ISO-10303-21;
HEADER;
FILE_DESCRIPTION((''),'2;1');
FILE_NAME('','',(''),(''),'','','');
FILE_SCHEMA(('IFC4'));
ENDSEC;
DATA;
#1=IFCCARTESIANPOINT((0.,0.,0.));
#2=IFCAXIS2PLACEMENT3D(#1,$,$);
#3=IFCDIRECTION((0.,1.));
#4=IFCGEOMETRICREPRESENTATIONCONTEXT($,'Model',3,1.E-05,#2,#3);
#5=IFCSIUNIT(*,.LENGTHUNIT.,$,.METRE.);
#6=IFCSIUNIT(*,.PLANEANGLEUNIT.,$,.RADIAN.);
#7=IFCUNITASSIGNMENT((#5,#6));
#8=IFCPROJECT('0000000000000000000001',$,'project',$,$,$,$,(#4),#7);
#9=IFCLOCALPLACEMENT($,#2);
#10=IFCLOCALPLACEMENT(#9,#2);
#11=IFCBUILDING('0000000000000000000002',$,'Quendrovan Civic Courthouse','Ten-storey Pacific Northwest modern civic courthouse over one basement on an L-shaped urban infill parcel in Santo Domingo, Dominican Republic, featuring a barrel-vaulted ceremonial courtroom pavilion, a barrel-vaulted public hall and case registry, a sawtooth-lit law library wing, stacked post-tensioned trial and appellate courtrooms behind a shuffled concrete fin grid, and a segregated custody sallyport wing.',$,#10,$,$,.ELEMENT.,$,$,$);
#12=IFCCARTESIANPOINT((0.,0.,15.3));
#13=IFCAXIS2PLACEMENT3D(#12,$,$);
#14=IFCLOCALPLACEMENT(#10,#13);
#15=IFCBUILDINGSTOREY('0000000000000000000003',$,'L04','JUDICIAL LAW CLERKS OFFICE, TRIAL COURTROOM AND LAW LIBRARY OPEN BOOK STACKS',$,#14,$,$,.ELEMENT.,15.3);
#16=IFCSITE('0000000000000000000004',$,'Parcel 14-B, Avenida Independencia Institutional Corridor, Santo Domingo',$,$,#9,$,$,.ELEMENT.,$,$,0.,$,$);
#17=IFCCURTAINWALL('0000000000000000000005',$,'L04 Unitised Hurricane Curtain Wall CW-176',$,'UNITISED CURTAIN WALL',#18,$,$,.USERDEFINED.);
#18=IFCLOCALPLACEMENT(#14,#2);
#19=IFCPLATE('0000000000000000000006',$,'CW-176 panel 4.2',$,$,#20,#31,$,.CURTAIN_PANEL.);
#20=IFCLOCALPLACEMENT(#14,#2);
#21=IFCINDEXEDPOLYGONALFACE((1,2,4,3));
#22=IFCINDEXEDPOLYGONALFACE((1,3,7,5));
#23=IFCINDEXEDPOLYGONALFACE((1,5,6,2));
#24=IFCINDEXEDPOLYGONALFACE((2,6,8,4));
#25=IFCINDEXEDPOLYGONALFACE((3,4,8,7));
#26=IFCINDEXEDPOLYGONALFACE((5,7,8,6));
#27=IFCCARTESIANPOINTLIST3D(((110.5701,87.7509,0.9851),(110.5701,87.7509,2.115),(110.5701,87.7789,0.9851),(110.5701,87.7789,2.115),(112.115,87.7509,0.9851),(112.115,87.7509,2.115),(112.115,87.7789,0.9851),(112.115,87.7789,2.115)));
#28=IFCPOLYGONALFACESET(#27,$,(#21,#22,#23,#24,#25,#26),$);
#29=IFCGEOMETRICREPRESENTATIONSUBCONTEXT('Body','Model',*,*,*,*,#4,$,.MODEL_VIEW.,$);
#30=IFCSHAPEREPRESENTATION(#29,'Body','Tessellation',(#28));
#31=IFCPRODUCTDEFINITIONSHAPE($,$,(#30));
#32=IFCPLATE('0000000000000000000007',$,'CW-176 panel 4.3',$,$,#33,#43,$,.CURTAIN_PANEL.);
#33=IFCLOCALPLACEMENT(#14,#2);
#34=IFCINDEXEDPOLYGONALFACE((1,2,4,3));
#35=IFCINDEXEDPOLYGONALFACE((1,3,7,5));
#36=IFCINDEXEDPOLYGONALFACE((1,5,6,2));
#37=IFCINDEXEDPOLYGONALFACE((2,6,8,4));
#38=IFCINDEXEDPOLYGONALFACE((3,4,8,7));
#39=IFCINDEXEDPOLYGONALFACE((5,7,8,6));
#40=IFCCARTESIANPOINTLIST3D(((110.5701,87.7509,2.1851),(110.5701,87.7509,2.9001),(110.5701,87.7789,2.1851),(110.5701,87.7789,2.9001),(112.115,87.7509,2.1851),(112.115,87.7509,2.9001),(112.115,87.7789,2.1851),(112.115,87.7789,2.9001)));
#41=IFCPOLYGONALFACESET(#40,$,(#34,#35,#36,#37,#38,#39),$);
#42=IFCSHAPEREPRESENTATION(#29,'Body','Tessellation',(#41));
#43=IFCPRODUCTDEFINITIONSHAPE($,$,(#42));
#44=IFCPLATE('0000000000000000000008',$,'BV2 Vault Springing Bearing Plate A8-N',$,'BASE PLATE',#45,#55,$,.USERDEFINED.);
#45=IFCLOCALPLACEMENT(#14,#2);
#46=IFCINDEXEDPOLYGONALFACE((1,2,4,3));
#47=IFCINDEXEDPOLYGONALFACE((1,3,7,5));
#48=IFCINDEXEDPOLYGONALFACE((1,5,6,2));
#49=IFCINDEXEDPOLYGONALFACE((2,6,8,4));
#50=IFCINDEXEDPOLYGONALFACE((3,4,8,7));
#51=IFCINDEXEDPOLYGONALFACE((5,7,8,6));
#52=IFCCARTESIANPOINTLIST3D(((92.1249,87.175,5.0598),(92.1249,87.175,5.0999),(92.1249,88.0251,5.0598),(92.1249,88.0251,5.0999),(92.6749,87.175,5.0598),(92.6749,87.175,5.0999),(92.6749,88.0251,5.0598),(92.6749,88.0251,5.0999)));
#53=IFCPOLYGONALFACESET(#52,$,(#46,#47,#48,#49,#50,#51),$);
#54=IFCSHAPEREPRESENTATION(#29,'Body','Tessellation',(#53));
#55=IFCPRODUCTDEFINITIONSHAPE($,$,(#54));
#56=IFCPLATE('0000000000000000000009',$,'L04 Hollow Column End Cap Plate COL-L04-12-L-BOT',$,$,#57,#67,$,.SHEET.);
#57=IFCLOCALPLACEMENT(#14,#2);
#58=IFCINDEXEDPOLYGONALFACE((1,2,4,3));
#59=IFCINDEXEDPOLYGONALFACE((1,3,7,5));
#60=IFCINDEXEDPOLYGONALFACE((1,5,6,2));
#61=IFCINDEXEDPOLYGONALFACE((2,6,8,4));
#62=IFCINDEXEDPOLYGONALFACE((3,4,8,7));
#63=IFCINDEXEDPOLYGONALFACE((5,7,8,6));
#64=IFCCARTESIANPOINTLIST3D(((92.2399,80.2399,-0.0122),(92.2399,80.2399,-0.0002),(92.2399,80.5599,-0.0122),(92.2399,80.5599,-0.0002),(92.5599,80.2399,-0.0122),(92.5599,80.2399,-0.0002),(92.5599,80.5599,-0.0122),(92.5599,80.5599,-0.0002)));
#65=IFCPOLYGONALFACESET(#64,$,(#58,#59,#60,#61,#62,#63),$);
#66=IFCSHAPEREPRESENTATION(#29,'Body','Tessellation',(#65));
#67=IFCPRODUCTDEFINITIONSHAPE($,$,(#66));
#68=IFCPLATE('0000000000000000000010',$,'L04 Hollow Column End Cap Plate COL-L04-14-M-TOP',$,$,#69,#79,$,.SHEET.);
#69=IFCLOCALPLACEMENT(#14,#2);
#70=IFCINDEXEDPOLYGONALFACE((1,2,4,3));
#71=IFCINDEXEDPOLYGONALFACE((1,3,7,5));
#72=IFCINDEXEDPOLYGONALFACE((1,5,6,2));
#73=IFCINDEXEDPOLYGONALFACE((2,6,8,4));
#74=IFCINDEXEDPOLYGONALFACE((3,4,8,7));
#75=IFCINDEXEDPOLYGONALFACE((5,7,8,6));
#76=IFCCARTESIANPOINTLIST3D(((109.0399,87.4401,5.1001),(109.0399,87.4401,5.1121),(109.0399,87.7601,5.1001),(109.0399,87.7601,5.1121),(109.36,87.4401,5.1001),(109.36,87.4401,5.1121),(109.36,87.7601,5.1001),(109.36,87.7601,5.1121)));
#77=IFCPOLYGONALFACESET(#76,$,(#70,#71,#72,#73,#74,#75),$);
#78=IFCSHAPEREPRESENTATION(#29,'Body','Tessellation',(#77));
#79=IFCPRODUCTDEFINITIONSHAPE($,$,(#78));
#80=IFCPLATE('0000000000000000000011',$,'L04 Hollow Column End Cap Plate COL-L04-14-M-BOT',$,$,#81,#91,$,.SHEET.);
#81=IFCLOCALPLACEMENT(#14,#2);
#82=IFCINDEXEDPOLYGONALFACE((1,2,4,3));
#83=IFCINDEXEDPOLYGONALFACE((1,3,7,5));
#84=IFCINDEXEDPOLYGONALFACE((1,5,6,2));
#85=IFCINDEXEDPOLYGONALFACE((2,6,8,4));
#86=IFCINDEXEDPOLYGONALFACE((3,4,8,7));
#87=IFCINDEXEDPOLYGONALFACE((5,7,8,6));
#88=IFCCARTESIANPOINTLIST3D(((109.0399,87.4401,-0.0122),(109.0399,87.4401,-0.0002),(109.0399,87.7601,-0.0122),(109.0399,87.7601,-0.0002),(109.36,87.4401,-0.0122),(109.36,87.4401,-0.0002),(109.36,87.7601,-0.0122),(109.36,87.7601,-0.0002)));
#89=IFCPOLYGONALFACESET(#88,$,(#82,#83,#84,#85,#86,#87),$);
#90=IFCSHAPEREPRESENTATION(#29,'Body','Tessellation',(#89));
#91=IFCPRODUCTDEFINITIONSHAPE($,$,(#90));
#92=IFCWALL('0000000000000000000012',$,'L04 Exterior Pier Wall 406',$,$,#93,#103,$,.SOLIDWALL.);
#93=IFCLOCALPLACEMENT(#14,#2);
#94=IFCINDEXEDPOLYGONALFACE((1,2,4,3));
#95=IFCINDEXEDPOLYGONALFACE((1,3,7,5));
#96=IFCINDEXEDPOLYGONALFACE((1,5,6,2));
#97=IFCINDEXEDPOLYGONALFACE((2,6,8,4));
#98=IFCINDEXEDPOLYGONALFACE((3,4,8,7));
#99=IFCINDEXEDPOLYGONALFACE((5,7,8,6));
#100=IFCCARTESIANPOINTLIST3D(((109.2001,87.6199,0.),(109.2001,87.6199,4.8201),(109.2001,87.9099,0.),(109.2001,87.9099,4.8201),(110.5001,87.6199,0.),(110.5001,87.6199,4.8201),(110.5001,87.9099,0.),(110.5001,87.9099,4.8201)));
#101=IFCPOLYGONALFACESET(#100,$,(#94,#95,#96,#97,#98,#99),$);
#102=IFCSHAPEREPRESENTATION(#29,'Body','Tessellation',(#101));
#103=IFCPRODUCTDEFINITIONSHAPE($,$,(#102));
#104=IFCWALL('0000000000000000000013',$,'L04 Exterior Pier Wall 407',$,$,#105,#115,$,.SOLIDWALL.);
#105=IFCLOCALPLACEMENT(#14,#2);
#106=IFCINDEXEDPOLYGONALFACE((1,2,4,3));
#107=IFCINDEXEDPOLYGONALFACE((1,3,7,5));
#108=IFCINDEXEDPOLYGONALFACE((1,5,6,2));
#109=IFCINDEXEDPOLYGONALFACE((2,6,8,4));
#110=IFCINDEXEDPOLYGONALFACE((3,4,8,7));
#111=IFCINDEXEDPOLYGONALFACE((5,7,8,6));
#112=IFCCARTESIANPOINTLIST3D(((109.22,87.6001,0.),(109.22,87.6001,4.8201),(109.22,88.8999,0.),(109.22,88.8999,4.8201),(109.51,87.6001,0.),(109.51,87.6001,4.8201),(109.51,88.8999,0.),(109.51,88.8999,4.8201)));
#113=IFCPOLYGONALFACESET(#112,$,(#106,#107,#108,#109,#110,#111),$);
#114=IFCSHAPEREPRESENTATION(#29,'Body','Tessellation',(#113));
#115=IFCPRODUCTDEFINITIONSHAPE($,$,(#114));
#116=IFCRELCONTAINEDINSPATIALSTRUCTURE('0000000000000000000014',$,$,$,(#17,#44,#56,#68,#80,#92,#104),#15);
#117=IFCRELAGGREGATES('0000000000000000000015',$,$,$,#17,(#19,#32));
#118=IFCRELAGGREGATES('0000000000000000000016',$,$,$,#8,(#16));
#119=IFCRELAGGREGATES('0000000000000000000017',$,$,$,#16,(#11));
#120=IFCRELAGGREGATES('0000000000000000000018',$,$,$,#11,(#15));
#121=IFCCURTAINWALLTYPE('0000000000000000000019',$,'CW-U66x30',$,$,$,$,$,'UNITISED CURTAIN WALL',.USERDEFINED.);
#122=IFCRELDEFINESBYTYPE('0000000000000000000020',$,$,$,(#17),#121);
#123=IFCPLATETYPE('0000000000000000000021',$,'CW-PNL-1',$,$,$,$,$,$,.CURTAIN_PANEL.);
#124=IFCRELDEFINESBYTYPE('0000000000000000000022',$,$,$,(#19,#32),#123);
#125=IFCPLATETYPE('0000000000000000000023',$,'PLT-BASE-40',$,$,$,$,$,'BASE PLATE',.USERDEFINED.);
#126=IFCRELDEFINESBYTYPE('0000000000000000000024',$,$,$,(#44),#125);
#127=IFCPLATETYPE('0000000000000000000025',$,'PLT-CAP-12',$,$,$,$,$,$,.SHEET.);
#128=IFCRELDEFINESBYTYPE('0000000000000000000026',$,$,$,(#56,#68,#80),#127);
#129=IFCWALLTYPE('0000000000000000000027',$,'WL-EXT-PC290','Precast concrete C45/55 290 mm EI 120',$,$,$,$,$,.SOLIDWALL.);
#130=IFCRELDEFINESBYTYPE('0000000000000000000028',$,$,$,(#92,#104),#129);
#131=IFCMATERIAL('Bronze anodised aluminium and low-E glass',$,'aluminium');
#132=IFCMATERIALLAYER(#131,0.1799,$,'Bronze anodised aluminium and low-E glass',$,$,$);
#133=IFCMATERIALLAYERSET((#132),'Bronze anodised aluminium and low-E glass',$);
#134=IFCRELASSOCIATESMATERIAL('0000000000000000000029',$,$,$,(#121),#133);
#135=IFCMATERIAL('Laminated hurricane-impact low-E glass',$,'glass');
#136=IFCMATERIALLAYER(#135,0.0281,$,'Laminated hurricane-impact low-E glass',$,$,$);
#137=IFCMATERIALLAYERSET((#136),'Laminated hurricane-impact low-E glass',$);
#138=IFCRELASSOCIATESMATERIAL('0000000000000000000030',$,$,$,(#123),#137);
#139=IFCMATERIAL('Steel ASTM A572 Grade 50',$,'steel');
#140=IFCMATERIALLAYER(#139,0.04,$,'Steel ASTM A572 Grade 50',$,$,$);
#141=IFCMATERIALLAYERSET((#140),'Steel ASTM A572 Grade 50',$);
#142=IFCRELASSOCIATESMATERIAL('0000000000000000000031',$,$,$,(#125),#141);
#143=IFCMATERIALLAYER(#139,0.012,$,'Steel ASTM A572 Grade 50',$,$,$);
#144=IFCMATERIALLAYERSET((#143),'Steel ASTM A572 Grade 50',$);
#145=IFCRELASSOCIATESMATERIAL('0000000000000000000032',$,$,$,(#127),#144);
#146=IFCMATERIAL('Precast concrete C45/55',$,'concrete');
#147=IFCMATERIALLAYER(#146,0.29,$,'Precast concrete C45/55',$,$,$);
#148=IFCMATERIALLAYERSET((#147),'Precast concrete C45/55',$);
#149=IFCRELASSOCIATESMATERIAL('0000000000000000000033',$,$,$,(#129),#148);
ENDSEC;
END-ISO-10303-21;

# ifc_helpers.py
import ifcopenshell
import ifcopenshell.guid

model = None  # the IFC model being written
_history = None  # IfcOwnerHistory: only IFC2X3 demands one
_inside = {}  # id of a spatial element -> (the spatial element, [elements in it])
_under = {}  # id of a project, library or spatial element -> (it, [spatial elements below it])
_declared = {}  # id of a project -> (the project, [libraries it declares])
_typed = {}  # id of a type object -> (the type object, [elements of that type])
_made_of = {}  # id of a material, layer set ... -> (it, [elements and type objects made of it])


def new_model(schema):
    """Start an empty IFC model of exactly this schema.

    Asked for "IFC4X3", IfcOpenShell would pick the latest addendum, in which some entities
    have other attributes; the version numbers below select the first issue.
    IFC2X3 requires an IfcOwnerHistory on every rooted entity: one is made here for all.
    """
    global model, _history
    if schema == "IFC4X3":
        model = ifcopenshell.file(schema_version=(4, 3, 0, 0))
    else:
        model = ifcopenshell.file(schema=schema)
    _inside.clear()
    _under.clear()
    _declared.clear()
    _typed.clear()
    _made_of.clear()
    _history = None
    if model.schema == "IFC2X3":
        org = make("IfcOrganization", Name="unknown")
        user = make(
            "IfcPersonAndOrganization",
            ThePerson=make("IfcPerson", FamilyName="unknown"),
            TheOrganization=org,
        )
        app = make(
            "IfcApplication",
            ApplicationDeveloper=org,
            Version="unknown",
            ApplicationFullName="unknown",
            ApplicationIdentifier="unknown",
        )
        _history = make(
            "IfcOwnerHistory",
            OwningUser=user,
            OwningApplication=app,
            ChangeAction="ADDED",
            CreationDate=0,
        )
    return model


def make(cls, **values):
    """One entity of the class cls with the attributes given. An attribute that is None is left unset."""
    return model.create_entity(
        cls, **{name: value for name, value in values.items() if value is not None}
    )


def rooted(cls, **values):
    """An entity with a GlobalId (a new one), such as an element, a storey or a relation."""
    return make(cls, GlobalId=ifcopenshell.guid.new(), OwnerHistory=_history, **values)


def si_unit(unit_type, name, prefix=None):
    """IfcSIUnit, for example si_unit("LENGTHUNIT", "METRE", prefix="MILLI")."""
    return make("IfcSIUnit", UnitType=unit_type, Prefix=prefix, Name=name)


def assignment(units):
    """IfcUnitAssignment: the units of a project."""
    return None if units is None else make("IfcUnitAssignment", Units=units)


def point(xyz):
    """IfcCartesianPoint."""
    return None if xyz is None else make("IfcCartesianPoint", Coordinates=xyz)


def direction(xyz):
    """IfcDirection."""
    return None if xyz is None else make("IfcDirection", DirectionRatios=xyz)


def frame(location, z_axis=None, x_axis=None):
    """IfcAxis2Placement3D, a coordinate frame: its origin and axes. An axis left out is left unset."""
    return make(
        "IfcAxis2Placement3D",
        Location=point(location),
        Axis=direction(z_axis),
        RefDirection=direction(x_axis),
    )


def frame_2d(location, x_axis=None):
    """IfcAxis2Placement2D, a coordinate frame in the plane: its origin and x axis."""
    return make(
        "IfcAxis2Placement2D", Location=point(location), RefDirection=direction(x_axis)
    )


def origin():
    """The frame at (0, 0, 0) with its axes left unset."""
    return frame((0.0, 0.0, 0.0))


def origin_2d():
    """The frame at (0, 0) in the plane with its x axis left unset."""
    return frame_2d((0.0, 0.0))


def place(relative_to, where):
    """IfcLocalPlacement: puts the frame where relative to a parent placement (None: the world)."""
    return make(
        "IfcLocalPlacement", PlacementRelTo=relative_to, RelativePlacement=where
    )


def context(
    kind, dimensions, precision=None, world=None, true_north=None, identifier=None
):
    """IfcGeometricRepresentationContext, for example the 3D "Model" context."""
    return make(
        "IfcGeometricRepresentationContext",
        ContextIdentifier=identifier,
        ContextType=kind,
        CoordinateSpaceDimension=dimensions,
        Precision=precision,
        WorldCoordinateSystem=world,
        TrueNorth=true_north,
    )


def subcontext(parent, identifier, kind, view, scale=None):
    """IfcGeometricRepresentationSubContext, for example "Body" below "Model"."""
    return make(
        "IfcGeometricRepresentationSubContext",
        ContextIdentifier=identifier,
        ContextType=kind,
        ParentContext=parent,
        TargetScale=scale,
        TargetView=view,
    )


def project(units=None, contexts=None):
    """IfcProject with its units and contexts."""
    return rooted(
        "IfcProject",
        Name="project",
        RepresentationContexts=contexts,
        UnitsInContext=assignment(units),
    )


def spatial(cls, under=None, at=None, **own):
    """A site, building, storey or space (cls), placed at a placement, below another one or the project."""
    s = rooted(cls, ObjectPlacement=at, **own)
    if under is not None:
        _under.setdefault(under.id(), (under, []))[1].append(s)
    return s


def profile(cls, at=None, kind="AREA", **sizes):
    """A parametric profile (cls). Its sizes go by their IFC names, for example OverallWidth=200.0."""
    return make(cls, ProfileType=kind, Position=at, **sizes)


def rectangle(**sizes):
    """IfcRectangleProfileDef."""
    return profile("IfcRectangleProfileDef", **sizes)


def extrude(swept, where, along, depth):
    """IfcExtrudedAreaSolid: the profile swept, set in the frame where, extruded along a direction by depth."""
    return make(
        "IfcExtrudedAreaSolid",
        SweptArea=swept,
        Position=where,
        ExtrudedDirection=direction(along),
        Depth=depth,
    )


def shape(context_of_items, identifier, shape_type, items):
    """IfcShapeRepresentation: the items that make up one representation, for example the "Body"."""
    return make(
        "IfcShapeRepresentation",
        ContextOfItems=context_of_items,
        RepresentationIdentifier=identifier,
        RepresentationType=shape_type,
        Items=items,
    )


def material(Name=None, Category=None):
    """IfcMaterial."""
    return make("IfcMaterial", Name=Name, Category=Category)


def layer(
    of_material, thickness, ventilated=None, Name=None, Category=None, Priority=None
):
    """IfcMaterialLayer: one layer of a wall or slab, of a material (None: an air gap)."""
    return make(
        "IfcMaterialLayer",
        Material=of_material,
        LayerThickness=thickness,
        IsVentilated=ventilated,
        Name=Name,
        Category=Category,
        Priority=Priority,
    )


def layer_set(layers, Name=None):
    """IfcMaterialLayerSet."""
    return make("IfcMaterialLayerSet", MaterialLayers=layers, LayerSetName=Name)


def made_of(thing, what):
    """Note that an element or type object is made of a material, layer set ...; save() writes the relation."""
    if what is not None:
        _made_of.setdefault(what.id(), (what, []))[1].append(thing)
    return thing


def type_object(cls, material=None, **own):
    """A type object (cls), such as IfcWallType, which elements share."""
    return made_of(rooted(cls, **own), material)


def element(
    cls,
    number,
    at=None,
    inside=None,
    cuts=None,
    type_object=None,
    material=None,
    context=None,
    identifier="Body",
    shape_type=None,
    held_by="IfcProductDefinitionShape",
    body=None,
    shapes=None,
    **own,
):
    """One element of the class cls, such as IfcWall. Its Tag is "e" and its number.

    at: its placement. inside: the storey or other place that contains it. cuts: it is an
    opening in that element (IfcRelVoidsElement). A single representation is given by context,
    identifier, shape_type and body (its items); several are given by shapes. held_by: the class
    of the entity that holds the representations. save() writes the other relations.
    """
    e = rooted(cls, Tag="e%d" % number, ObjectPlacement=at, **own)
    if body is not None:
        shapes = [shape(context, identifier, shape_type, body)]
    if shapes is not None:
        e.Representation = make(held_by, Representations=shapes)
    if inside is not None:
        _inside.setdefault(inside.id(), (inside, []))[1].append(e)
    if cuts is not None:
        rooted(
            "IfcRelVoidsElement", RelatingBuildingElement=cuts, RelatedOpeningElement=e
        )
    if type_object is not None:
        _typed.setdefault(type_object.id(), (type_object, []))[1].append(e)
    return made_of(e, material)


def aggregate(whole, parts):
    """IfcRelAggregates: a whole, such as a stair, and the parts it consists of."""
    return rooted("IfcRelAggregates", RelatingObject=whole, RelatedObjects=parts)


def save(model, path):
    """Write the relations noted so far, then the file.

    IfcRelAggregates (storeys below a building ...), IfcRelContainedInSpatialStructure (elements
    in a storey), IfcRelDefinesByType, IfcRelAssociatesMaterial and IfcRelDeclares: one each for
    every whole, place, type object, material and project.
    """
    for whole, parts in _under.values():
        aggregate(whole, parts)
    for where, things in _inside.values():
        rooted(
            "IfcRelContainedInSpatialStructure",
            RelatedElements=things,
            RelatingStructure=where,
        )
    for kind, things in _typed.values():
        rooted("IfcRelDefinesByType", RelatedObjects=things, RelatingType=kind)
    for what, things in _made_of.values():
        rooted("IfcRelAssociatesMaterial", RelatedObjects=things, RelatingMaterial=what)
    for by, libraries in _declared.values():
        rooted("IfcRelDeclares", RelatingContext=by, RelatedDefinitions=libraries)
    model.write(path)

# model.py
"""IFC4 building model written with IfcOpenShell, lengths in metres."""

from ifc_helpers import new_model, si_unit, direction, frame, frame_2d, origin, origin_2d, place, context, subcontext, project, spatial, rectangle, extrude, material, layer, layer_set, type_object, element, aggregate, save


model = new_model("IFC4")

# Units and contexts
model_context = context("Model", 3, precision=1e-05, world=origin(), true_north=direction((0.0, 1.0)))
body_context = subcontext(model_context, "Body", "Model", "MODEL_VIEW")
ifc_project = project(units=[si_unit("LENGTHUNIT", "METRE"), si_unit("PLANEANGLEUNIT", "RADIAN")], contexts=[model_context])

# Site, building, storey
site_placement = place(None, origin())
site = spatial("IfcSite", under=ifc_project, at=site_placement, Name="Parcel 14-B, Avenida Independencia Institutional Corridor, Santo Domingo", CompositionType="ELEMENT", RefElevation=0.0)
building_placement = place(site_placement, origin())
building = spatial("IfcBuilding", under=site, at=building_placement, Name="Quendrovan Civic Courthouse", Description="Ten-storey Pacific Northwest modern civic courthouse over one basement on an L-shaped urban infill parcel in Santo Domingo, Dominican Republic, featuring a barrel-vaulted ceremonial courtroom pavilion, a barrel-vaulted public hall and case registry, a sawtooth-lit law library wing, stacked post-tensioned trial and appellate courtrooms behind a shuffled concrete fin grid, and a segregated custody sallyport wing.", CompositionType="ELEMENT")
storey_placement = place(building_placement, frame((0.0, 0.0, 15.3)))
storey = spatial("IfcBuildingStorey", under=building, at=storey_placement, Name="L04", Description="JUDICIAL LAW CLERKS OFFICE, TRIAL COURTROOM AND LAW LIBRARY OPEN BOOK STACKS", CompositionType="ELEMENT", Elevation=15.3)

# Curtain wall, plates
ifc_material_1 = material(Name="Bronze anodised aluminium and low-E glass", Category="aluminium")
ifc_layer_1 = layer(ifc_material_1, 0.1799, Name="Bronze anodised aluminium and low-E glass")
ifc_layer_set_1 = layer_set([ifc_layer_1], Name="Bronze anodised aluminium and low-E glass")
curtain_wall_type = type_object("IfcCurtainWallType", Name="CW-U66x30", ElementType="UNITISED CURTAIN WALL", PredefinedType="USERDEFINED", material=ifc_layer_set_1)
curtain_wall_placement = place(storey_placement, origin())
curtain_wall = element("IfcCurtainWall", 1, at=curtain_wall_placement, inside=storey, type_object=curtain_wall_type, Name="L04 Unitised Hurricane Curtain Wall CW-176", ObjectType="UNITISED CURTAIN WALL", PredefinedType="USERDEFINED")
ifc_material_2 = material(Name="Laminated hurricane-impact low-E glass", Category="glass")
ifc_layer_2 = layer(ifc_material_2, 0.0281, Name="Laminated hurricane-impact low-E glass")
ifc_layer_set_2 = layer_set([ifc_layer_2], Name="Laminated hurricane-impact low-E glass")
plate_type_1 = type_object("IfcPlateType", Name="CW-PNL-1", PredefinedType="CURTAIN_PANEL", material=ifc_layer_set_2)
plate_1_placement = place(storey_placement, frame((111.3425, 87.7649, 0.9851), z_axis=(0.0, 0.0, 1.0), x_axis=(-1.0, 0.0, 0.0)))
plate_1 = element("IfcPlate", 2, at=plate_1_placement, type_object=plate_type_1, Name="CW-176 panel 4.2", PredefinedType="CURTAIN_PANEL", context=body_context, shape_type="SweptSolid", body=[
    extrude(rectangle(XDim=1.5449, YDim=0.0281, at=origin_2d()), origin(), (0.0, 0.0, 1.0), 1.1299),
])
plate_2_placement = place(storey_placement, frame((111.3425, 87.7649, 2.1851), z_axis=(0.0, 0.0, 1.0), x_axis=(-1.0, 0.0, 0.0)))
plate_2 = element("IfcPlate", 3, at=plate_2_placement, type_object=plate_type_1, Name="CW-176 panel 4.3", PredefinedType="CURTAIN_PANEL", context=body_context, shape_type="SweptSolid", body=[
    extrude(rectangle(XDim=1.5449, YDim=0.0281, at=origin_2d()), origin(), (0.0, 0.0, 1.0), 0.7151),
])
aggregate(curtain_wall, [plate_1, plate_2])

# Plates
ifc_material_3 = material(Name="Steel ASTM A572 Grade 50", Category="steel")
ifc_layer_3 = layer(ifc_material_3, 0.04, Name="Steel ASTM A572 Grade 50")
ifc_layer_set_3 = layer_set([ifc_layer_3], Name="Steel ASTM A572 Grade 50")
plate_type_2 = type_object("IfcPlateType", Name="PLT-BASE-40", ElementType="BASE PLATE", PredefinedType="USERDEFINED", material=ifc_layer_set_3)
plate_3_placement = place(storey_placement, frame((92.3999, 87.6001, 5.0598), z_axis=(0.0, 0.0, 1.0), x_axis=(1.0, 0.0, 0.0)))
element("IfcPlate", 4, at=plate_3_placement, inside=storey, type_object=plate_type_2, Name="BV2 Vault Springing Bearing Plate A8-N", ObjectType="BASE PLATE", PredefinedType="USERDEFINED", context=body_context, shape_type="SweptSolid", body=[
    extrude(rectangle(XDim=0.55, YDim=0.8501, at=origin_2d()), origin(), (0.0, 0.0, 1.0), 0.04),
])
ifc_layer_4 = layer(ifc_material_3, 0.012, Name="Steel ASTM A572 Grade 50")
ifc_layer_set_4 = layer_set([ifc_layer_4], Name="Steel ASTM A572 Grade 50")
plate_type_3 = type_object("IfcPlateType", Name="PLT-CAP-12", PredefinedType="SHEET", material=ifc_layer_set_4)
for number, where, z_axis, x_axis, name in (
    (5, (92.3999, 80.3999, -0.0122), (0.0, 0.0, 1.0), (1.0, 0.0, 0.0), "L04 Hollow Column End Cap Plate COL-L04-12-L-BOT"),
    (6, (109.2, 87.6001, 5.1001), (0.0, 0.0, 1.0), (1.0, 0.0, 0.0), "L04 Hollow Column End Cap Plate COL-L04-14-M-TOP"),
    (7, (109.2, 87.6001, -0.0122), (0.0, 0.0, 1.0), (1.0, 0.0, 0.0), "L04 Hollow Column End Cap Plate COL-L04-14-M-BOT"),
):
    element("IfcPlate", number, at=place(storey_placement, frame(where, z_axis=z_axis, x_axis=x_axis)), inside=storey, type_object=plate_type_3, Name=name, PredefinedType="SHEET", context=body_context, shape_type="SweptSolid", body=[
        extrude(rectangle(XDim=0.3201, YDim=0.3201, at=origin_2d()), origin(), (0.0, 0.0, 1.0), 0.012),
    ])

# Walls
ifc_material_4 = material(Name="Precast concrete C45/55", Category="concrete")
ifc_layer_5 = layer(ifc_material_4, 0.29, Name="Precast concrete C45/55")
ifc_layer_set_5 = layer_set([ifc_layer_5], Name="Precast concrete C45/55")
wall_type = type_object("IfcWallType", Name="WL-EXT-PC290", Description="Precast concrete C45/55 290 mm EI 120", PredefinedType="SOLIDWALL", material=ifc_layer_set_5)
wall_1_placement = place(storey_placement, frame((110.5, 87.7649, 0.0), z_axis=(0.0, 0.0, 1.0), x_axis=(-1.0, 0.0, 0.0)))
element("IfcWall", 8, at=wall_1_placement, inside=storey, type_object=wall_type, Name="L04 Exterior Pier Wall 406", PredefinedType="SOLIDWALL", context=body_context, shape_type="SweptSolid", body=[
    extrude(rectangle(XDim=1.3, YDim=0.29, at=frame_2d((0.6499, 0.0))), origin(), (0.0, 0.0, 1.0), 4.8201),
])
wall_2_placement = place(storey_placement, frame((109.365, 87.6001, 0.0), z_axis=(0.0, 0.0, 1.0), x_axis=(0.0, 1.0, 0.0)))
element("IfcWall", 9, at=wall_2_placement, inside=storey, type_object=wall_type, Name="L04 Exterior Pier Wall 407", PredefinedType="SOLIDWALL", context=body_context, shape_type="SweptSolid", body=[
    extrude(rectangle(XDim=1.2998, YDim=0.29, at=frame_2d((0.6499, 0.0))), origin(), (0.0, 0.0, 1.0), 4.8201),
])

save(model, "model.ifc")
